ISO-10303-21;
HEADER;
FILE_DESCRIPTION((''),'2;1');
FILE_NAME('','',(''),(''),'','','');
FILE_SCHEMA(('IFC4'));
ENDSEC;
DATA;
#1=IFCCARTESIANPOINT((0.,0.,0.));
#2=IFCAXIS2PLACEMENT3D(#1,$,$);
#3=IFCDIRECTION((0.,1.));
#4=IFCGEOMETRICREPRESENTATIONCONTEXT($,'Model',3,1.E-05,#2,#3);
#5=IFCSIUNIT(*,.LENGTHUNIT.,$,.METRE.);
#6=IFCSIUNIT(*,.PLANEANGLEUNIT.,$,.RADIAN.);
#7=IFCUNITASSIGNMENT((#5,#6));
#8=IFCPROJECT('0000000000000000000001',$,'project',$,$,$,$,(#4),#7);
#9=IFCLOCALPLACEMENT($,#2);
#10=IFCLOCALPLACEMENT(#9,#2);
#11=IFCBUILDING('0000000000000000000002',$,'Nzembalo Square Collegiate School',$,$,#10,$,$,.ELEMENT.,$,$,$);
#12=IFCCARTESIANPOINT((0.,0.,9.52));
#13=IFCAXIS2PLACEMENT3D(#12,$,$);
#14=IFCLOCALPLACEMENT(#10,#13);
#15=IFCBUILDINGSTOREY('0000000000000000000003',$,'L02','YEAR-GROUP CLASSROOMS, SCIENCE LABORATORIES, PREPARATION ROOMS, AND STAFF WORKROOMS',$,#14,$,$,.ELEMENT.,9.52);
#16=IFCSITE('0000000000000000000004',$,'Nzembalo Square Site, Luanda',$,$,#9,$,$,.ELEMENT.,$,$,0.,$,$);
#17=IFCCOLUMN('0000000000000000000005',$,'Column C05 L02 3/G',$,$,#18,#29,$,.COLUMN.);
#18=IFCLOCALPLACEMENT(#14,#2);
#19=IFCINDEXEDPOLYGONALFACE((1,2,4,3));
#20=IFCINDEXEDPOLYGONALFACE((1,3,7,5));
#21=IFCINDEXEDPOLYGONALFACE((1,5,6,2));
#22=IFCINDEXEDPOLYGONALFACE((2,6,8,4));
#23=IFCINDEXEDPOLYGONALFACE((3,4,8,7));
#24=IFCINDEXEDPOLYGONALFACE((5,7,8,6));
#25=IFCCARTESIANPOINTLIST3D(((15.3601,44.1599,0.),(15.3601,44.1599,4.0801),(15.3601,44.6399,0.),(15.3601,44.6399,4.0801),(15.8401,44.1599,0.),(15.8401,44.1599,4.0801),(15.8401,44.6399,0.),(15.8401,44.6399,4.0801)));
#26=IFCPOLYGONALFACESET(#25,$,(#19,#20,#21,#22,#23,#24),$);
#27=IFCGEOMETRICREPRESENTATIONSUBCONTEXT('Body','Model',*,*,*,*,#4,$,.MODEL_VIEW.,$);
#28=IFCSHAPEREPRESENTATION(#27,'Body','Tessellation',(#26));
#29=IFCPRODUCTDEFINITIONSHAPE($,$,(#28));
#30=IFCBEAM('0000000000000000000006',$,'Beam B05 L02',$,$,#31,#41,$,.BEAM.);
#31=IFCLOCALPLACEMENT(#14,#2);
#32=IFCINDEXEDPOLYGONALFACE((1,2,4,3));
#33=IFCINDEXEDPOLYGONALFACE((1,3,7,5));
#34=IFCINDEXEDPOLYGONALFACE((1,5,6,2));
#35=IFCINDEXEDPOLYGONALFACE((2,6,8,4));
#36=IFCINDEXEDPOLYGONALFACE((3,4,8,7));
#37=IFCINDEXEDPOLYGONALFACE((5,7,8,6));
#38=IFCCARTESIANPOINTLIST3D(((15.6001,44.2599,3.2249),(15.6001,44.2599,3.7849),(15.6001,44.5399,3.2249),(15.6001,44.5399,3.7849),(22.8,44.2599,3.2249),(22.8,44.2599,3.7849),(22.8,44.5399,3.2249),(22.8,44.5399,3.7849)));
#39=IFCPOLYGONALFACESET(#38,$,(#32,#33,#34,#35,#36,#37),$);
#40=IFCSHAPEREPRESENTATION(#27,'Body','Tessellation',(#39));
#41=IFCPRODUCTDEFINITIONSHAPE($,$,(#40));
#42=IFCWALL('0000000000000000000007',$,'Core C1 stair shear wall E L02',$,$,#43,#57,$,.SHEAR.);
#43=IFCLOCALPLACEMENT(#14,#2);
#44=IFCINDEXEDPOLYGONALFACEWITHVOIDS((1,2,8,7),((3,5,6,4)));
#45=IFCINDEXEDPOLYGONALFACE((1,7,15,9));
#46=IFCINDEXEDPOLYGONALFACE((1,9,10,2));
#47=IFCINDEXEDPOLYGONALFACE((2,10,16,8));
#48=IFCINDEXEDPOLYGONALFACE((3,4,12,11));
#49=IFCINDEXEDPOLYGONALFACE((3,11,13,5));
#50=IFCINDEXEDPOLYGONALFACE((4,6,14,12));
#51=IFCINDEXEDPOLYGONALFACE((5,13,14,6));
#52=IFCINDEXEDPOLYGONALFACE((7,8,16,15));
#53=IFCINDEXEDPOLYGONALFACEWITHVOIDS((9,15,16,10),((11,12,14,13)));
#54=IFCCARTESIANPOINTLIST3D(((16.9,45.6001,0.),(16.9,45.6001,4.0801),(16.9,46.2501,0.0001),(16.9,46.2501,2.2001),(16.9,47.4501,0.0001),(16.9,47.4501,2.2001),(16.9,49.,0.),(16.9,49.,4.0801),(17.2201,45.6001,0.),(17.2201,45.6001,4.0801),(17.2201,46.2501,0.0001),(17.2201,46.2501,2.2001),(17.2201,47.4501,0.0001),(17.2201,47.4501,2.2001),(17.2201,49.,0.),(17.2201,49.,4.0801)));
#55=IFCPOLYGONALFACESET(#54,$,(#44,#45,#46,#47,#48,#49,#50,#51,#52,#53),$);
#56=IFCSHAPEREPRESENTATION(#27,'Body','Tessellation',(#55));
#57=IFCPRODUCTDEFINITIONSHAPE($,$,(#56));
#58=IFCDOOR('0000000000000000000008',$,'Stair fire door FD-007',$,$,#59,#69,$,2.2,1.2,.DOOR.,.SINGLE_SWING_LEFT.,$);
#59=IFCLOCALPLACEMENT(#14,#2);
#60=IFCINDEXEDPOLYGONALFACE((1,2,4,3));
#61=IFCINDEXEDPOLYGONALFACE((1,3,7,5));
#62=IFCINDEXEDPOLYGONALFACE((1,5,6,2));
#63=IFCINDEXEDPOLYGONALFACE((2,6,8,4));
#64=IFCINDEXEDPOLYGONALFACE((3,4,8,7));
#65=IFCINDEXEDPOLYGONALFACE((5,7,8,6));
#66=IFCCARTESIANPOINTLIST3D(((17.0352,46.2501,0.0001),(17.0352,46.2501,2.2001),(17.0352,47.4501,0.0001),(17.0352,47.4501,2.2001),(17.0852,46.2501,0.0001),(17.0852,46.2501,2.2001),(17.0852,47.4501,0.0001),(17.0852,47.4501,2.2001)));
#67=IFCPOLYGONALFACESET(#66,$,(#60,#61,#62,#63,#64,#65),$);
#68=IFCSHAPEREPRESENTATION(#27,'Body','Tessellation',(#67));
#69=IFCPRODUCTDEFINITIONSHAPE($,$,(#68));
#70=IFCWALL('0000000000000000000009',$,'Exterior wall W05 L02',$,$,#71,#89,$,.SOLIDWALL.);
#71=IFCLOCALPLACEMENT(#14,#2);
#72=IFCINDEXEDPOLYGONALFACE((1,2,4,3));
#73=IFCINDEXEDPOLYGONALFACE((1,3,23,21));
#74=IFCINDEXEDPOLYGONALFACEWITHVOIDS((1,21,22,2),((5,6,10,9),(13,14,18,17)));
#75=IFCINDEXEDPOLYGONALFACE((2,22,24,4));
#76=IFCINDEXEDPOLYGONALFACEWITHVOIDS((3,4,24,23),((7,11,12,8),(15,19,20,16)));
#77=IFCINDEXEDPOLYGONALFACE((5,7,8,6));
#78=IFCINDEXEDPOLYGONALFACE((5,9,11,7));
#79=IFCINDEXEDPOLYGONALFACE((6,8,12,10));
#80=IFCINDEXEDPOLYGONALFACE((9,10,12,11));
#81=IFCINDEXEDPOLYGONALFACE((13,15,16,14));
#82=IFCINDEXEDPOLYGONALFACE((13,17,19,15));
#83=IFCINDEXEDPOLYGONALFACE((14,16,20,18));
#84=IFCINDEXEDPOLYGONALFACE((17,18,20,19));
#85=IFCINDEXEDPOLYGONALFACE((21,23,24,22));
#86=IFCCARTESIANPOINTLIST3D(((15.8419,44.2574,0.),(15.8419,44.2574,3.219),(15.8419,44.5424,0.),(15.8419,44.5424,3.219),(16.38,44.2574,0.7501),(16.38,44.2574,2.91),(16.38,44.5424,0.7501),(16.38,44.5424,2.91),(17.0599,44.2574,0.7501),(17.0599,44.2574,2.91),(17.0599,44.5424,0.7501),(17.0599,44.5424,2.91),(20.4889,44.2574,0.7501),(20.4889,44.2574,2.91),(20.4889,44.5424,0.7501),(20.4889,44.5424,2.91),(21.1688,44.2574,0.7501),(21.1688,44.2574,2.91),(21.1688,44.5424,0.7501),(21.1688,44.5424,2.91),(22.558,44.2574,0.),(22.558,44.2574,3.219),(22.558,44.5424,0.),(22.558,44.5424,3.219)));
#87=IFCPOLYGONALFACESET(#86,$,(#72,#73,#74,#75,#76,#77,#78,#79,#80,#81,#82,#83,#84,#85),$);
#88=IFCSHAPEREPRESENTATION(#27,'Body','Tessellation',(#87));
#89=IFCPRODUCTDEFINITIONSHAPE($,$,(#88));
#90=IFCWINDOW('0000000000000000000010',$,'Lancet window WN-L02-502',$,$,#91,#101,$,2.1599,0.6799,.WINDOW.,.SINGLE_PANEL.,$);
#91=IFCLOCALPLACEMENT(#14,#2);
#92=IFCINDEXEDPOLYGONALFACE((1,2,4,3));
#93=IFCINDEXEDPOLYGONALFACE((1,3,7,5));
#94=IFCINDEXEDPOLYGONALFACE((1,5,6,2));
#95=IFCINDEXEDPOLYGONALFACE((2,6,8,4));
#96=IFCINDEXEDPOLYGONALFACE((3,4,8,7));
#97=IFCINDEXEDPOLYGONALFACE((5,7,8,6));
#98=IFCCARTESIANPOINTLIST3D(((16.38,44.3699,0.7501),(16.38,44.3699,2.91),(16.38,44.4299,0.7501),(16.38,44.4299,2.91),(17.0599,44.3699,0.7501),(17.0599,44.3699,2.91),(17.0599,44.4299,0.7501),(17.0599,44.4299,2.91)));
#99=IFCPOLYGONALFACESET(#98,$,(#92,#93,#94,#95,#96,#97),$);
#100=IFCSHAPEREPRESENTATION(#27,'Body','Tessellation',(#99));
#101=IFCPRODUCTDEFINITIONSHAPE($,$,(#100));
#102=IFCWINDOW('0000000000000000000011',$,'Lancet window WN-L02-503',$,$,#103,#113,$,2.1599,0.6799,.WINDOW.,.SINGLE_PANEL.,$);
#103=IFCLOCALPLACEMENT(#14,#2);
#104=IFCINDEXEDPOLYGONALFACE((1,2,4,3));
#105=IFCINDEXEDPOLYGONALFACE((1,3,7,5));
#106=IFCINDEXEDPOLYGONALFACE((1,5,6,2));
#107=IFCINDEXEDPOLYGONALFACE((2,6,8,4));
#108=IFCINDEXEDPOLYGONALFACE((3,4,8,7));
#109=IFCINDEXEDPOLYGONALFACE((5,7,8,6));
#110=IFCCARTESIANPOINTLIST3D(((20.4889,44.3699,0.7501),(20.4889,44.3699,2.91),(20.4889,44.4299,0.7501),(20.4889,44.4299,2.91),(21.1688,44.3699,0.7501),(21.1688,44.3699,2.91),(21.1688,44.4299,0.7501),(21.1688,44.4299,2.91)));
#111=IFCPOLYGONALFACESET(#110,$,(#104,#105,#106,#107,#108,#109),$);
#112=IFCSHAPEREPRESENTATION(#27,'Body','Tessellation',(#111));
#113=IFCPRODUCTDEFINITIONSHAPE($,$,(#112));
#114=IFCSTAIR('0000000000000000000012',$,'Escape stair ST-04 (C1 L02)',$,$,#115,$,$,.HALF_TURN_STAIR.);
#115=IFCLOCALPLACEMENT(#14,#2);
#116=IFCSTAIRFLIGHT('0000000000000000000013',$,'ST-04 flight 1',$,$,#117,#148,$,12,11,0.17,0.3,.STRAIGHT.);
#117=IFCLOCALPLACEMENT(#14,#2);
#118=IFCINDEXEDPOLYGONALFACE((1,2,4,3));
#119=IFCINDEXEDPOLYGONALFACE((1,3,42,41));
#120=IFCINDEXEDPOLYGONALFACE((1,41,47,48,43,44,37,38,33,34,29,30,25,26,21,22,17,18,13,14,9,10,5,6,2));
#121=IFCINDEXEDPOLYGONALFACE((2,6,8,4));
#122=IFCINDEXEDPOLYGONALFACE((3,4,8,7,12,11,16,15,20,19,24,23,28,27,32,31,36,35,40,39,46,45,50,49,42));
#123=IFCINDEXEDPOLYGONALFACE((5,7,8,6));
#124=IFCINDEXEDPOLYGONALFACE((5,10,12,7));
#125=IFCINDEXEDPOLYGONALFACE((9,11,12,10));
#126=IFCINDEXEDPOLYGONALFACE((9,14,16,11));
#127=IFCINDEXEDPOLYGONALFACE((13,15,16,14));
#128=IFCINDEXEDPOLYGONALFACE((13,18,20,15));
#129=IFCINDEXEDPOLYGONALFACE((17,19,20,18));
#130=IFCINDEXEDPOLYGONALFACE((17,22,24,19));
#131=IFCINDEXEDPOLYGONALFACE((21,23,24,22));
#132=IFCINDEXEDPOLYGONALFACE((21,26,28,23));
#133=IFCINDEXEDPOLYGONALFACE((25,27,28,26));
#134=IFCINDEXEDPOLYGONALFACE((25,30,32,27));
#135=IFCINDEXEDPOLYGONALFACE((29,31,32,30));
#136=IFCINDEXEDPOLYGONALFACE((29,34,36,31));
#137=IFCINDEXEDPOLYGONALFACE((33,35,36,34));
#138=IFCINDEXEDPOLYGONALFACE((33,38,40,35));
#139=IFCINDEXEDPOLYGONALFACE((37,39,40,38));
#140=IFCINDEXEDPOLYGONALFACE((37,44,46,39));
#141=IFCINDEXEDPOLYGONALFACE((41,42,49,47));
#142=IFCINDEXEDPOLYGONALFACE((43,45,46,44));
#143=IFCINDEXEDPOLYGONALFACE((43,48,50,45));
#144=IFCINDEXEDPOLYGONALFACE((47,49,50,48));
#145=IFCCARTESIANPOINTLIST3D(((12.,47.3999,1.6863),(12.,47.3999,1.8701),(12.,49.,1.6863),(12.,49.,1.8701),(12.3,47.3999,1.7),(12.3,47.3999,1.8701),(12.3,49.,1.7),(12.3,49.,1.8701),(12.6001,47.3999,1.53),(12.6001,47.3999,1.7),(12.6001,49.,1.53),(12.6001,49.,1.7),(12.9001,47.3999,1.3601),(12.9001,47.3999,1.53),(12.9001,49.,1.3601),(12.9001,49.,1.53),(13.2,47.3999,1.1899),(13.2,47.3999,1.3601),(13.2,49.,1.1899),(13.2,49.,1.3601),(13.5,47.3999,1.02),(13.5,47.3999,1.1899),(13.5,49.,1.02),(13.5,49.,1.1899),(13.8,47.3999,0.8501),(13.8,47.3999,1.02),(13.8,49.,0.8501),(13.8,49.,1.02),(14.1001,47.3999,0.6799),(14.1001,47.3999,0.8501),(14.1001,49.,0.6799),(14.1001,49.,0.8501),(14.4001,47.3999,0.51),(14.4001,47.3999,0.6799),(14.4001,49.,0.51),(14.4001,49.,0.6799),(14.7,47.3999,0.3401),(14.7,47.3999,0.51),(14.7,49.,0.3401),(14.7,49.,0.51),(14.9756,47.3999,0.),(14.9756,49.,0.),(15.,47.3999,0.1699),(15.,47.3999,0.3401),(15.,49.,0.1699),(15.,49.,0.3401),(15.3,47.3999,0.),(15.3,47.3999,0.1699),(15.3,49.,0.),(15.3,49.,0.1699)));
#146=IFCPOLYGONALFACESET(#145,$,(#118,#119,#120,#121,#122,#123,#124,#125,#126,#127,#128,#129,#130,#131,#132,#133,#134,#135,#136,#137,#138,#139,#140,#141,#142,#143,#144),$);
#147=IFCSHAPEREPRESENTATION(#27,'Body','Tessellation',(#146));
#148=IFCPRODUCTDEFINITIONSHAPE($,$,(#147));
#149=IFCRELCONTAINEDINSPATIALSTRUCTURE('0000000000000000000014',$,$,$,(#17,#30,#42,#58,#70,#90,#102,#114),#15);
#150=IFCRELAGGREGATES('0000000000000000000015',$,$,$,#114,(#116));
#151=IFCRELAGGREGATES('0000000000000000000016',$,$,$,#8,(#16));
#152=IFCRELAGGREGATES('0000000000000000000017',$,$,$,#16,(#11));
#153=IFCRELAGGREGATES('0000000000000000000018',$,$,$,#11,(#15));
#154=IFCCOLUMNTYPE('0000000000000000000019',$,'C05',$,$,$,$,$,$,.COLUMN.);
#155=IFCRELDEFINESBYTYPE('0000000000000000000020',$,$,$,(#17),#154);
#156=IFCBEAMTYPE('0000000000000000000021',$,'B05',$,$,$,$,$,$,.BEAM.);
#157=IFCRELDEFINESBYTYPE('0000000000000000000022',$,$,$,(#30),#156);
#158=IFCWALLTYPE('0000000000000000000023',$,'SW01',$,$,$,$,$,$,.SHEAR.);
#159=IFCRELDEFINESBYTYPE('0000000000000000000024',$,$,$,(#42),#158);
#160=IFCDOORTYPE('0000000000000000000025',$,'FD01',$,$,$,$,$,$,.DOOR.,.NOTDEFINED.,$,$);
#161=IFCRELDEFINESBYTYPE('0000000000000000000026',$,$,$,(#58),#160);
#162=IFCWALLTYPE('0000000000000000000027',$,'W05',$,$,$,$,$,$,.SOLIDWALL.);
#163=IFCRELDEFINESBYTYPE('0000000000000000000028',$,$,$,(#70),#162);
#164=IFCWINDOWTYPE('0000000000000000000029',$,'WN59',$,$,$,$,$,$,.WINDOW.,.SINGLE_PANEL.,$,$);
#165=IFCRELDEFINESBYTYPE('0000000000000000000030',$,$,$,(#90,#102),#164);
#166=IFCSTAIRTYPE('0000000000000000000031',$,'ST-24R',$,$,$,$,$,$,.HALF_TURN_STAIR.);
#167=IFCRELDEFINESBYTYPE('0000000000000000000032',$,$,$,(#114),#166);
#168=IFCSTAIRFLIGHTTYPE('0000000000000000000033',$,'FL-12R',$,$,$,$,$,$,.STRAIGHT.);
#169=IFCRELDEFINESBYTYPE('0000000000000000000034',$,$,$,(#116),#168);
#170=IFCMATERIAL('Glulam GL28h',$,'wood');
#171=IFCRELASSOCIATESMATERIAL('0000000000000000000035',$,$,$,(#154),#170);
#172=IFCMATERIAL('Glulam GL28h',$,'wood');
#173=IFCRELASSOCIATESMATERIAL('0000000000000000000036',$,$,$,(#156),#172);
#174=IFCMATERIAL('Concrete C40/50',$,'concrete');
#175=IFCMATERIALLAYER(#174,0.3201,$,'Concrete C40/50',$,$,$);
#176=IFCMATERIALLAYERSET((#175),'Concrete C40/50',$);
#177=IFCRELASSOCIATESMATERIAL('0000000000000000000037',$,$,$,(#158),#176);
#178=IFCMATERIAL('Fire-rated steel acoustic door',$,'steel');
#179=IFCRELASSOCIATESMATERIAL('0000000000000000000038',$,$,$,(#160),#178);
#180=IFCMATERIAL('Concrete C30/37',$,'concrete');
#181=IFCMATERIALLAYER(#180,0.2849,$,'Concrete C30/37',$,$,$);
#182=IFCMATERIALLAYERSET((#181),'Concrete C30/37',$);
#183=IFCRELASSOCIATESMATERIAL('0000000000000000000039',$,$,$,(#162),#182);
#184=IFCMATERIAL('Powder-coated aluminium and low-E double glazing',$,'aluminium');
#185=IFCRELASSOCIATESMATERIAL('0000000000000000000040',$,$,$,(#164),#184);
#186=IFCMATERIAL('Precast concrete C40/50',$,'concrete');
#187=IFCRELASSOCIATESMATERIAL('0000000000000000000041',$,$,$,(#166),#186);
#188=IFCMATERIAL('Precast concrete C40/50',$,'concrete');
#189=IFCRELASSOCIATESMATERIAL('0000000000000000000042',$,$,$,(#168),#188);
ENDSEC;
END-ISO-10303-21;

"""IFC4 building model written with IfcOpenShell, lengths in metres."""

from ifc_helpers import new_model, si_unit, direction, frame, frame_2d, origin, origin_2d, place, context, subcontext, project, spatial, polyline, rectangle, outline, extrude, material, layer, layer_set, material_profile, profile_set, type_object, element, fill, aggregate, save


model = new_model("IFC4")

# Units and contexts
model_context = context("Model", 3, precision=1e-05, world=origin(), true_north=direction((0.0, 1.0)))
body_context = subcontext(model_context, "Body", "Model", "MODEL_VIEW")
ifc_project = project(units=[si_unit("LENGTHUNIT", "METRE"), si_unit("PLANEANGLEUNIT", "RADIAN")], contexts=[model_context])

# Site, building, storey
site_placement = place(None, origin())
site = spatial("IfcSite", under=ifc_project, at=site_placement, Name="Nzembalo Square Site, Luanda", CompositionType="ELEMENT", RefElevation=0.0)
building_placement = place(site_placement, origin())
building = spatial("IfcBuilding", under=site, at=building_placement, Name="Nzembalo Square Collegiate School", CompositionType="ELEMENT")
storey_placement = place(building_placement, frame((0.0, 0.0, 9.52)))
storey = spatial("IfcBuildingStorey", under=building, at=storey_placement, Name="L02", Description="YEAR-GROUP CLASSROOMS, SCIENCE LABORATORIES, PREPARATION ROOMS, AND STAFF WORKROOMS", CompositionType="ELEMENT", Elevation=9.52)

# Column
ifc_material_1 = material(Name="Glulam GL28h", Category="wood")
ifc_material_profile_1 = material_profile(ifc_material_1, rectangle(XDim=0.48, YDim=0.48, at=origin_2d()), Name="GL28h 480x480")
ifc_profile_set_1 = profile_set([ifc_material_profile_1], Name="Glulam GL28h")
column_type = type_object("IfcColumnType", Name="C05", PredefinedType="COLUMN", material=ifc_profile_set_1)
column_placement = place(storey_placement, frame((15.6001, 44.3999, 0.0), z_axis=(0.0, 0.0, 1.0), x_axis=(1.0, 0.0, 0.0)))
element("IfcColumn", 1, at=column_placement, inside=storey, type_object=column_type, Name="Column C05 L02 3/G", PredefinedType="COLUMN", context=body_context, shape_type="SweptSolid", body=[
    extrude(rectangle(XDim=0.48, YDim=0.48, at=origin_2d()), origin(), (0.0, 0.0, 1.0), 4.0801),
])

# Beam
ifc_material_2 = material(Name="Glulam GL28h", Category="wood")
ifc_material_profile_2 = material_profile(ifc_material_2, rectangle(XDim=0.28, YDim=0.5601, at=origin_2d()), Name="GL28h 280x560")
ifc_profile_set_2 = profile_set([ifc_material_profile_2], Name="Glulam GL28h")
beam_type = type_object("IfcBeamType", Name="B05", PredefinedType="BEAM", material=ifc_profile_set_2)
beam_placement = place(storey_placement, frame((15.6001, 44.3999, 3.5049), z_axis=(1.0, 0.0, 0.0), x_axis=(0.0, 1.0, 0.0)))
element("IfcBeam", 2, at=beam_placement, inside=storey, type_object=beam_type, Name="Beam B05 L02", PredefinedType="BEAM", context=body_context, shape_type="SweptSolid", body=[
    extrude(rectangle(XDim=0.28, YDim=0.5601, at=origin_2d()), origin(), (0.0, 0.0, 1.0), 7.2),
])

# Wall, opening, door
ifc_material_3 = material(Name="Concrete C40/50", Category="concrete")
ifc_layer_1 = layer(ifc_material_3, 0.3201, Name="Concrete C40/50")
ifc_layer_set_1 = layer_set([ifc_layer_1], Name="Concrete C40/50")
wall_type_1 = type_object("IfcWallType", Name="SW01", PredefinedType="SHEAR", material=ifc_layer_set_1)
wall_1_placement = place(storey_placement, frame((17.0601, 45.6001, 0.0), z_axis=(0.0, 0.0, 1.0), x_axis=(0.0, 1.0, 0.0)))
wall_1 = element("IfcWall", 3, at=wall_1_placement, inside=storey, type_object=wall_type_1, Name="Core C1 stair shear wall E L02", PredefinedType="SHEAR", context=body_context, shape_type="SweptSolid", body=[
    extrude(rectangle(XDim=3.3999, YDim=0.3201, at=frame_2d((1.7, 0.0))), origin(), (0.0, 0.0, 1.0), 4.0801),
])
opening_1_placement = place(wall_1_placement, frame((0.6499, 0.0, 0.0)))
opening_1 = element("IfcOpeningElement", 4, at=opening_1_placement, cuts=wall_1, PredefinedType="OPENING", context=body_context, shape_type="SweptSolid", body=[
    extrude(rectangle(XDim=1.2, YDim=2.2, at=frame_2d((0.6001, 1.1001))), frame((0.0, 0.1699, 0.0), z_axis=(0.0, -1.0, 0.0), x_axis=(1.0, 0.0, 0.0)), (0.0, 0.0, 1.0), 0.3401),
])
ifc_material_4 = material(Name="Fire-rated steel acoustic door", Category="steel")
door_type = type_object("IfcDoorType", Name="FD01", OperationType="NOTDEFINED", PredefinedType="DOOR", material=ifc_material_4)
door_placement = place(opening_1_placement, origin())
door = element("IfcDoor", 5, at=door_placement, inside=storey, type_object=door_type, Name="Stair fire door FD-007", OperationType="SINGLE_SWING_LEFT", OverallHeight=2.2, OverallWidth=1.2, PredefinedType="DOOR", context=body_context, shape_type="SweptSolid", body=[
    extrude(rectangle(XDim=1.2, YDim=2.2, at=frame_2d((0.6001, 1.1001))), frame((0.0, 0.0249, 0.0), z_axis=(0.0, -1.0, 0.0), x_axis=(1.0, 0.0, 0.0)), (0.0, 0.0, 1.0), 0.05),
])
fill(opening_1, door)

# Wall, openings, windows
ifc_material_5 = material(Name="Concrete C30/37", Category="concrete")
ifc_layer_2 = layer(ifc_material_5, 0.2849, Name="Concrete C30/37")
ifc_layer_set_2 = layer_set([ifc_layer_2], Name="Concrete C30/37")
wall_type_2 = type_object("IfcWallType", Name="W05", PredefinedType="SOLIDWALL", material=ifc_layer_set_2)
wall_2_placement = place(storey_placement, frame((15.842, 44.3999, 0.0), z_axis=(0.0, 0.0, 1.0), x_axis=(1.0, 0.0, 0.0)))
wall_2 = element("IfcWall", 6, at=wall_2_placement, inside=storey, type_object=wall_type_2, Name="Exterior wall W05 L02", PredefinedType="SOLIDWALL", context=body_context, shape_type="SweptSolid", body=[
    extrude(rectangle(XDim=6.7161, YDim=0.2849, at=frame_2d((3.3579, 0.0))), origin(), (0.0, 0.0, 1.0), 3.219),
])
opening_2_placement = place(wall_2_placement, frame((0.5381, 0.0, 0.75)))
opening_2 = element("IfcOpeningElement", 7, at=opening_2_placement, cuts=wall_2, PredefinedType="OPENING", context=body_context, shape_type="SweptSolid", body=[
    extrude(rectangle(XDim=0.6799, YDim=2.1599, at=frame_2d((0.3398, 1.0801))), frame((0.0, 0.1523, 0.0), z_axis=(0.0, -1.0, 0.0), x_axis=(1.0, 0.0, 0.0)), (0.0, 0.0, 1.0), 0.3049),
])
opening_3_placement = place(wall_2_placement, frame((4.647, 0.0, 0.75)))
opening_3 = element("IfcOpeningElement", 8, at=opening_3_placement, cuts=wall_2, PredefinedType="OPENING", context=body_context, shape_type="SweptSolid", body=[
    extrude(rectangle(XDim=0.6799, YDim=2.1599, at=frame_2d((0.3398, 1.0801))), frame((0.0, 0.1523, 0.0), z_axis=(0.0, -1.0, 0.0), x_axis=(1.0, 0.0, 0.0)), (0.0, 0.0, 1.0), 0.3049),
])
ifc_material_6 = material(Name="Powder-coated aluminium and low-E double glazing", Category="aluminium")
window_type = type_object("IfcWindowType", Name="WN59", PartitioningType="SINGLE_PANEL", PredefinedType="WINDOW", material=ifc_material_6)
window_1_placement = place(opening_2_placement, origin())
window_1 = element("IfcWindow", 9, at=window_1_placement, inside=storey, type_object=window_type, Name="Lancet window WN-L02-502", OverallHeight=2.1599, OverallWidth=0.6799, PartitioningType="SINGLE_PANEL", PredefinedType="WINDOW", context=body_context, shape_type="SweptSolid", body=[
    extrude(rectangle(XDim=0.6799, YDim=2.1599, at=frame_2d((0.3398, 1.0801))), frame((0.0, 0.03, 0.0), z_axis=(0.0, -1.0, 0.0), x_axis=(1.0, 0.0, 0.0)), (0.0, 0.0, 1.0), 0.0601),
])
fill(opening_2, window_1)
window_2_placement = place(opening_3_placement, origin())
window_2 = element("IfcWindow", 10, at=window_2_placement, inside=storey, type_object=window_type, Name="Lancet window WN-L02-503", OverallHeight=2.1599, OverallWidth=0.6799, PartitioningType="SINGLE_PANEL", PredefinedType="WINDOW", context=body_context, shape_type="SweptSolid", body=[
    extrude(rectangle(XDim=0.6799, YDim=2.1599, at=frame_2d((0.3398, 1.0801))), frame((0.0, 0.03, 0.0), z_axis=(0.0, -1.0, 0.0), x_axis=(1.0, 0.0, 0.0)), (0.0, 0.0, 1.0), 0.0601),
])
fill(opening_3, window_2)

# Stair, stair flight
ifc_material_7 = material(Name="Precast concrete C40/50", Category="concrete")
stair_type = type_object("IfcStairType", Name="ST-24R", PredefinedType="HALF_TURN_STAIR", material=ifc_material_7)
stair_placement = place(storey_placement, origin())
stair = element("IfcStair", 11, at=stair_placement, inside=storey, type_object=stair_type, Name="Escape stair ST-04 (C1 L02)", PredefinedType="HALF_TURN_STAIR")
ifc_material_8 = material(Name="Precast concrete C40/50", Category="concrete")
stair_flight_type = type_object("IfcStairFlightType", Name="FL-12R", PredefinedType="STRAIGHT", material=ifc_material_8)
stair_flight_1_placement = place(storey_placement, frame((15.3, 48.2, 0.0), z_axis=(0.0, 0.0, 1.0), x_axis=(-1.0, 0.0, 0.0)))
stair_flight_1 = element("IfcStairFlight", 12, at=stair_flight_1_placement, type_object=stair_flight_type, Name="ST-04 flight 1", NumberOfRisers=12, NumberOfTreads=11, PredefinedType="STRAIGHT", RiserHeight=0.17, TreadLength=0.3, context=body_context, shape_type="SweptSolid", body=[
    extrude(outline(polyline([(0.0, 0.0), (0.0, 0.1699), (0.3, 0.1699), (0.3, 0.3401), (0.6001, 0.3401), (0.6001, 0.51), (0.8999, 0.51), (0.8999, 0.6799), (1.2, 0.6799), (1.2, 0.8501), (1.5, 0.8501), (1.5, 1.02), (1.8, 1.02), (1.8, 1.1899), (2.1001, 1.1899), (2.1001, 1.3601), (2.3999, 1.3601), (2.3999, 1.53), (2.7, 1.53), (2.7, 1.7), (3.0, 1.7), (3.0, 1.8701), (3.3, 1.8701), (3.3, 2.04), (3.3, 1.6863), (0.3245, 0.0), (0.0, 0.0)])), frame((0.0, 0.8, 0.0), z_axis=(0.0, -1.0, 0.0), x_axis=(1.0, 0.0, 0.0)), (0.0, 0.0, 1.0), 1.6001),
])
aggregate(stair, [stair_flight_1])

save(model, "model.ifc")
